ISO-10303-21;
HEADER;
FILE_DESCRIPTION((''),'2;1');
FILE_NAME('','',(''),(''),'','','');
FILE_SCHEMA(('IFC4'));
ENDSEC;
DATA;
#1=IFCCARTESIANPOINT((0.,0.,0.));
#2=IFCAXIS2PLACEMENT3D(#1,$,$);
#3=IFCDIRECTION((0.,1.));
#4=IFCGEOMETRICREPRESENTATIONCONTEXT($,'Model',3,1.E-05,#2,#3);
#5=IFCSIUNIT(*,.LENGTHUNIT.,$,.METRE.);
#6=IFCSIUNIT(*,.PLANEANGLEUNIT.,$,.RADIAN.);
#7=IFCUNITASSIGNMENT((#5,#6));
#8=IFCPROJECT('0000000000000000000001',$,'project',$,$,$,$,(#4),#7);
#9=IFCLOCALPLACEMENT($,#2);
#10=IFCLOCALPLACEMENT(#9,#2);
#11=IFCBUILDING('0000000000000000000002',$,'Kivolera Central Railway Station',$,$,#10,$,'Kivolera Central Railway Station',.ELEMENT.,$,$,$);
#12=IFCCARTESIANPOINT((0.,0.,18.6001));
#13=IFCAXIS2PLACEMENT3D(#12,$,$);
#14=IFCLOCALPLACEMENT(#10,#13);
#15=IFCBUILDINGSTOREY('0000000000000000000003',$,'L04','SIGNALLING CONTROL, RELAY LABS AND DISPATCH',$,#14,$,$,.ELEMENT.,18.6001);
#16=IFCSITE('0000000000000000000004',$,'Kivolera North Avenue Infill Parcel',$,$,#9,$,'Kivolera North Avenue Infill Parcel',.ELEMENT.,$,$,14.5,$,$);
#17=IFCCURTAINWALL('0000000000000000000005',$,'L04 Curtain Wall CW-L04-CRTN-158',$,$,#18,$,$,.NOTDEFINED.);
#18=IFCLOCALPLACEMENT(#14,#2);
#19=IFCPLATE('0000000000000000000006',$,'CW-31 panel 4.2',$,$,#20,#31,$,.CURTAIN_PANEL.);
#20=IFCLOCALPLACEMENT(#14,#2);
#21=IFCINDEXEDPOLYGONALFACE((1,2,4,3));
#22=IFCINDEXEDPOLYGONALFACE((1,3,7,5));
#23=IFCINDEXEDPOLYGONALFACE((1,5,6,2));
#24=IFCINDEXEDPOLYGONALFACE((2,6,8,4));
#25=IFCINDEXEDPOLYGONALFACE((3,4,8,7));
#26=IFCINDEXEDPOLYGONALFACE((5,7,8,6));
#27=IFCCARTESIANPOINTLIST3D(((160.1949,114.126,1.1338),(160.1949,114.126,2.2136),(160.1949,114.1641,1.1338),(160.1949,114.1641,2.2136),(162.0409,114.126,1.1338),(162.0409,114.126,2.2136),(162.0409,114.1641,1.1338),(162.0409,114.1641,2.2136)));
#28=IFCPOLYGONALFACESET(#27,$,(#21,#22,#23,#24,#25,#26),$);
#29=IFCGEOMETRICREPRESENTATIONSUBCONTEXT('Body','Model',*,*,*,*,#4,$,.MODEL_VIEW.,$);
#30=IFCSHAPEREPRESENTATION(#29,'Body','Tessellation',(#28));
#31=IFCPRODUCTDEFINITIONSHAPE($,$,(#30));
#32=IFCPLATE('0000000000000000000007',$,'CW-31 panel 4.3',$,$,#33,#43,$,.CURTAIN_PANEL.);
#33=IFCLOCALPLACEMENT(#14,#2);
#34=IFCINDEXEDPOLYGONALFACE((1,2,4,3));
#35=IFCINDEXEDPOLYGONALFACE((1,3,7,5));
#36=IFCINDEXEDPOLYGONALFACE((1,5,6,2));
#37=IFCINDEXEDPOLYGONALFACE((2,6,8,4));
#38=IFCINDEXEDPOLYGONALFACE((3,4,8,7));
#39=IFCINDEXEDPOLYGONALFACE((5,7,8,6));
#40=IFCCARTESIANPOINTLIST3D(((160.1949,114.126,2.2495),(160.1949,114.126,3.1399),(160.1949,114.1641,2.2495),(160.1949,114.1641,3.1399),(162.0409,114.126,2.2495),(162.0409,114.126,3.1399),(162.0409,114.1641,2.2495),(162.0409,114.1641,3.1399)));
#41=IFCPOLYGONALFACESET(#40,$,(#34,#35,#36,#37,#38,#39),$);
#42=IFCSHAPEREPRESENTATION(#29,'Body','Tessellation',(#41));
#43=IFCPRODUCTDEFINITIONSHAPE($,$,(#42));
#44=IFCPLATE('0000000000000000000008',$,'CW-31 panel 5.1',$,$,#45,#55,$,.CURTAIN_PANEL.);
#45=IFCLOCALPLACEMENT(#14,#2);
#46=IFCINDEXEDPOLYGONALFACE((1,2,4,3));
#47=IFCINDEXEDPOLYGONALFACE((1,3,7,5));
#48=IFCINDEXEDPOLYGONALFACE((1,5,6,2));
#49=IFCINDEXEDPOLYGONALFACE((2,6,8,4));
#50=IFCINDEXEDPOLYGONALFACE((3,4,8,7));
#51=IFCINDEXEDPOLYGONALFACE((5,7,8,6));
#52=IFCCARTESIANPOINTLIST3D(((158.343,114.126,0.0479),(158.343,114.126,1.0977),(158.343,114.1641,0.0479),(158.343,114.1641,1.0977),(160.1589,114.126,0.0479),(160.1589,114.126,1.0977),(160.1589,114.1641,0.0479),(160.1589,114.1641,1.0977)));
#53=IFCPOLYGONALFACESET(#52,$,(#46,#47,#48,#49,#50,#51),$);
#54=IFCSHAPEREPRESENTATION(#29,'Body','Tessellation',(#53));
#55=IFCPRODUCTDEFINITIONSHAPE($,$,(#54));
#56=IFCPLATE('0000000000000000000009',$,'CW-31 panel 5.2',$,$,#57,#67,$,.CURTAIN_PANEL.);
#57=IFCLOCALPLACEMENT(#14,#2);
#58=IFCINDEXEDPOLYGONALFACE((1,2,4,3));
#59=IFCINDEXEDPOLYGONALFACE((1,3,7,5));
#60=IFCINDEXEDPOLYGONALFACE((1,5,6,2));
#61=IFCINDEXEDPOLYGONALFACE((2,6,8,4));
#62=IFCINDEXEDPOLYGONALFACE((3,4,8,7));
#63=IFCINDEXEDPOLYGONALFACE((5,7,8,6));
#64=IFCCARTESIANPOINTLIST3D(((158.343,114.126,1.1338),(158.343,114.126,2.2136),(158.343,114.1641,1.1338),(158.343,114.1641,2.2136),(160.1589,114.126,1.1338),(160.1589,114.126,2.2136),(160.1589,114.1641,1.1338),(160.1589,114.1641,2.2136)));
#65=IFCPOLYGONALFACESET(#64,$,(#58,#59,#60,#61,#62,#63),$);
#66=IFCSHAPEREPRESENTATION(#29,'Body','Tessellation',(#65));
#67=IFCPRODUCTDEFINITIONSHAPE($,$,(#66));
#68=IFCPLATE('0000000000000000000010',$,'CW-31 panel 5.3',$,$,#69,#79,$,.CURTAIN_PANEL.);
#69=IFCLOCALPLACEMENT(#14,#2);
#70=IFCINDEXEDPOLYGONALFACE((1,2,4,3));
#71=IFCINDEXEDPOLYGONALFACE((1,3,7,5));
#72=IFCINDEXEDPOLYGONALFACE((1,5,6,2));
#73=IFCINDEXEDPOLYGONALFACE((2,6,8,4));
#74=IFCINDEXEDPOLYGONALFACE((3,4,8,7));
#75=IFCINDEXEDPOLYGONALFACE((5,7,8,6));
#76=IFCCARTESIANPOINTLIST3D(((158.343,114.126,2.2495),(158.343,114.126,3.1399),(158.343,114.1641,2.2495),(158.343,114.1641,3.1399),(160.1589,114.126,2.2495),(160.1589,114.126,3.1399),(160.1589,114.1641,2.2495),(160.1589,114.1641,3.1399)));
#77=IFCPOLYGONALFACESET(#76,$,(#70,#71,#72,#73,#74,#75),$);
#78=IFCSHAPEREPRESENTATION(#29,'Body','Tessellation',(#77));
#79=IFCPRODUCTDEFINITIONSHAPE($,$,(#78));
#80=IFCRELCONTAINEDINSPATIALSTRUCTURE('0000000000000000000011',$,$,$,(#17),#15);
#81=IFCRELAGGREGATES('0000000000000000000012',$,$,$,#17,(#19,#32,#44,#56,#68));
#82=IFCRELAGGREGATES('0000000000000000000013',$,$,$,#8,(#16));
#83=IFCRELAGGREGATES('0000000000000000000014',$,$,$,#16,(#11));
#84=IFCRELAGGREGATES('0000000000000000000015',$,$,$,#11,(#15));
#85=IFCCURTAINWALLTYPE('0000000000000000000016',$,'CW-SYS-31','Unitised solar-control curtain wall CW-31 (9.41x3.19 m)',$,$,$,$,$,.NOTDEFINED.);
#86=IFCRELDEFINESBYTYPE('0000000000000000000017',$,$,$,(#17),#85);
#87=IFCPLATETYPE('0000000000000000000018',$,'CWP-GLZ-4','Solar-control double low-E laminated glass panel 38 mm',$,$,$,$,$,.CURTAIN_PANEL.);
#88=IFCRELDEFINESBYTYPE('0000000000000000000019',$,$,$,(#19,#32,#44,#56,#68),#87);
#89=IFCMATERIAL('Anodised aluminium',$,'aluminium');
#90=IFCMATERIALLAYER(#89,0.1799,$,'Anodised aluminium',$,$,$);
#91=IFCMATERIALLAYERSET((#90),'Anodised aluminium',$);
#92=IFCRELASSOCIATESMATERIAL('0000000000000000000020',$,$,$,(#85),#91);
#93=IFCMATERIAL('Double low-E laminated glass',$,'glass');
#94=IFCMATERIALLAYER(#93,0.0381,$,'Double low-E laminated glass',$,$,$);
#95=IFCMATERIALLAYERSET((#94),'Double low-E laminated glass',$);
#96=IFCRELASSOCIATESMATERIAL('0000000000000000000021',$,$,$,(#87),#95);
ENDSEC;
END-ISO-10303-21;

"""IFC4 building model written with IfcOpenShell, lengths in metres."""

from ifc_helpers import new_model, si_unit, direction, frame, origin, origin_2d, place, context, subcontext, project, spatial, rectangle, extrude, material, layer, layer_set, type_object, element, aggregate, save


model = new_model("IFC4")

# Units and contexts
model_context = context("Model", 3, precision=1e-05, world=origin(), true_north=direction((0.0, 1.0)))
body_context = subcontext(model_context, "Body", "Model", "MODEL_VIEW")
ifc_project = project(units=[si_unit("LENGTHUNIT", "METRE"), si_unit("PLANEANGLEUNIT", "RADIAN")], contexts=[model_context])

# Site, building, storey
site_placement = place(None, origin())
site = spatial("IfcSite", under=ifc_project, at=site_placement, Name="Kivolera North Avenue Infill Parcel", LongName="Kivolera North Avenue Infill Parcel", CompositionType="ELEMENT", RefElevation=14.5)
building_placement = place(site_placement, origin())
building = spatial("IfcBuilding", under=site, at=building_placement, Name="Kivolera Central Railway Station", LongName="Kivolera Central Railway Station", CompositionType="ELEMENT")
storey_placement = place(building_placement, frame((0.0, 0.0, 18.6001)))
storey = spatial("IfcBuildingStorey", under=building, at=storey_placement, Name="L04", Description="SIGNALLING CONTROL, RELAY LABS AND DISPATCH", CompositionType="ELEMENT", Elevation=18.6001)

# Curtain wall
ifc_material_1 = material(Name="Anodised aluminium", Category="aluminium")
ifc_layer_1 = layer(ifc_material_1, 0.1799, Name="Anodised aluminium")
ifc_layer_set_1 = layer_set([ifc_layer_1], Name="Anodised aluminium")
curtain_wall_type = type_object("IfcCurtainWallType", Name="CW-SYS-31", Description="Unitised solar-control curtain wall CW-31 (9.41x3.19 m)", PredefinedType="NOTDEFINED", material=ifc_layer_set_1)
curtain_wall_1_placement = place(storey_placement, origin())
curtain_wall_1 = element("IfcCurtainWall", 1, at=curtain_wall_1_placement, inside=storey, type_object=curtain_wall_type, Name="L04 Curtain Wall CW-L04-CRTN-158", PredefinedType="NOTDEFINED")

# Plates
ifc_material_2 = material(Name="Double low-E laminated glass", Category="glass")
ifc_layer_2 = layer(ifc_material_2, 0.0381, Name="Double low-E laminated glass")
ifc_layer_set_2 = layer_set([ifc_layer_2], Name="Double low-E laminated glass")
plate_type_1 = type_object("IfcPlateType", Name="CWP-GLZ-4", Description="Solar-control double low-E laminated glass panel 38 mm", PredefinedType="CURTAIN_PANEL", material=ifc_layer_set_2)
plate_1_placement = place(storey_placement, frame((161.1179, 114.145, 1.1338), z_axis=(0.0, 0.0, 1.0), x_axis=(-1.0, 0.0, 0.0)))
plate_1 = element("IfcPlate", 2, at=plate_1_placement, type_object=plate_type_1, Name="CW-31 panel 4.2", PredefinedType="CURTAIN_PANEL", context=body_context, shape_type="SweptSolid", body=[
    extrude(rectangle(XDim=1.8459, YDim=0.0381, at=origin_2d()), origin(), (0.0, 0.0, 1.0), 1.0798),
])
plate_2_placement = place(storey_placement, frame((161.1179, 114.145, 2.2495), z_axis=(0.0, 0.0, 1.0), x_axis=(-1.0, 0.0, 0.0)))
plate_2 = element("IfcPlate", 3, at=plate_2_placement, type_object=plate_type_1, Name="CW-31 panel 4.3", PredefinedType="CURTAIN_PANEL", context=body_context, shape_type="SweptSolid", body=[
    extrude(rectangle(XDim=1.8459, YDim=0.0381, at=origin_2d()), origin(), (0.0, 0.0, 1.0), 0.8904),
])
plate_3_placement = place(storey_placement, frame((159.251, 114.145, 0.0479), z_axis=(0.0, 0.0, 1.0), x_axis=(-1.0, 0.0, 0.0)))
plate_3 = element("IfcPlate", 4, at=plate_3_placement, type_object=plate_type_1, Name="CW-31 panel 5.1", PredefinedType="CURTAIN_PANEL", context=body_context, shape_type="SweptSolid", body=[
    extrude(rectangle(XDim=1.8159, YDim=0.0381, at=origin_2d()), origin(), (0.0, 0.0, 1.0), 1.0498),
])
plate_4_placement = place(storey_placement, frame((159.251, 114.145, 1.1338), z_axis=(0.0, 0.0, 1.0), x_axis=(-1.0, 0.0, 0.0)))
plate_4 = element("IfcPlate", 5, at=plate_4_placement, type_object=plate_type_1, Name="CW-31 panel 5.2", PredefinedType="CURTAIN_PANEL", context=body_context, shape_type="SweptSolid", body=[
    extrude(rectangle(XDim=1.8159, YDim=0.0381, at=origin_2d()), origin(), (0.0, 0.0, 1.0), 1.0798),
])
plate_5_placement = place(storey_placement, frame((159.251, 114.145, 2.2495), z_axis=(0.0, 0.0, 1.0), x_axis=(-1.0, 0.0, 0.0)))
plate_5 = element("IfcPlate", 6, at=plate_5_placement, type_object=plate_type_1, Name="CW-31 panel 5.3", PredefinedType="CURTAIN_PANEL", context=body_context, shape_type="SweptSolid", body=[
    extrude(rectangle(XDim=1.8159, YDim=0.0381, at=origin_2d()), origin(), (0.0, 0.0, 1.0), 0.8904),
])
aggregate(curtain_wall_1, [plate_1, plate_2, plate_3, plate_4, plate_5])

save(model, "model.ifc")
